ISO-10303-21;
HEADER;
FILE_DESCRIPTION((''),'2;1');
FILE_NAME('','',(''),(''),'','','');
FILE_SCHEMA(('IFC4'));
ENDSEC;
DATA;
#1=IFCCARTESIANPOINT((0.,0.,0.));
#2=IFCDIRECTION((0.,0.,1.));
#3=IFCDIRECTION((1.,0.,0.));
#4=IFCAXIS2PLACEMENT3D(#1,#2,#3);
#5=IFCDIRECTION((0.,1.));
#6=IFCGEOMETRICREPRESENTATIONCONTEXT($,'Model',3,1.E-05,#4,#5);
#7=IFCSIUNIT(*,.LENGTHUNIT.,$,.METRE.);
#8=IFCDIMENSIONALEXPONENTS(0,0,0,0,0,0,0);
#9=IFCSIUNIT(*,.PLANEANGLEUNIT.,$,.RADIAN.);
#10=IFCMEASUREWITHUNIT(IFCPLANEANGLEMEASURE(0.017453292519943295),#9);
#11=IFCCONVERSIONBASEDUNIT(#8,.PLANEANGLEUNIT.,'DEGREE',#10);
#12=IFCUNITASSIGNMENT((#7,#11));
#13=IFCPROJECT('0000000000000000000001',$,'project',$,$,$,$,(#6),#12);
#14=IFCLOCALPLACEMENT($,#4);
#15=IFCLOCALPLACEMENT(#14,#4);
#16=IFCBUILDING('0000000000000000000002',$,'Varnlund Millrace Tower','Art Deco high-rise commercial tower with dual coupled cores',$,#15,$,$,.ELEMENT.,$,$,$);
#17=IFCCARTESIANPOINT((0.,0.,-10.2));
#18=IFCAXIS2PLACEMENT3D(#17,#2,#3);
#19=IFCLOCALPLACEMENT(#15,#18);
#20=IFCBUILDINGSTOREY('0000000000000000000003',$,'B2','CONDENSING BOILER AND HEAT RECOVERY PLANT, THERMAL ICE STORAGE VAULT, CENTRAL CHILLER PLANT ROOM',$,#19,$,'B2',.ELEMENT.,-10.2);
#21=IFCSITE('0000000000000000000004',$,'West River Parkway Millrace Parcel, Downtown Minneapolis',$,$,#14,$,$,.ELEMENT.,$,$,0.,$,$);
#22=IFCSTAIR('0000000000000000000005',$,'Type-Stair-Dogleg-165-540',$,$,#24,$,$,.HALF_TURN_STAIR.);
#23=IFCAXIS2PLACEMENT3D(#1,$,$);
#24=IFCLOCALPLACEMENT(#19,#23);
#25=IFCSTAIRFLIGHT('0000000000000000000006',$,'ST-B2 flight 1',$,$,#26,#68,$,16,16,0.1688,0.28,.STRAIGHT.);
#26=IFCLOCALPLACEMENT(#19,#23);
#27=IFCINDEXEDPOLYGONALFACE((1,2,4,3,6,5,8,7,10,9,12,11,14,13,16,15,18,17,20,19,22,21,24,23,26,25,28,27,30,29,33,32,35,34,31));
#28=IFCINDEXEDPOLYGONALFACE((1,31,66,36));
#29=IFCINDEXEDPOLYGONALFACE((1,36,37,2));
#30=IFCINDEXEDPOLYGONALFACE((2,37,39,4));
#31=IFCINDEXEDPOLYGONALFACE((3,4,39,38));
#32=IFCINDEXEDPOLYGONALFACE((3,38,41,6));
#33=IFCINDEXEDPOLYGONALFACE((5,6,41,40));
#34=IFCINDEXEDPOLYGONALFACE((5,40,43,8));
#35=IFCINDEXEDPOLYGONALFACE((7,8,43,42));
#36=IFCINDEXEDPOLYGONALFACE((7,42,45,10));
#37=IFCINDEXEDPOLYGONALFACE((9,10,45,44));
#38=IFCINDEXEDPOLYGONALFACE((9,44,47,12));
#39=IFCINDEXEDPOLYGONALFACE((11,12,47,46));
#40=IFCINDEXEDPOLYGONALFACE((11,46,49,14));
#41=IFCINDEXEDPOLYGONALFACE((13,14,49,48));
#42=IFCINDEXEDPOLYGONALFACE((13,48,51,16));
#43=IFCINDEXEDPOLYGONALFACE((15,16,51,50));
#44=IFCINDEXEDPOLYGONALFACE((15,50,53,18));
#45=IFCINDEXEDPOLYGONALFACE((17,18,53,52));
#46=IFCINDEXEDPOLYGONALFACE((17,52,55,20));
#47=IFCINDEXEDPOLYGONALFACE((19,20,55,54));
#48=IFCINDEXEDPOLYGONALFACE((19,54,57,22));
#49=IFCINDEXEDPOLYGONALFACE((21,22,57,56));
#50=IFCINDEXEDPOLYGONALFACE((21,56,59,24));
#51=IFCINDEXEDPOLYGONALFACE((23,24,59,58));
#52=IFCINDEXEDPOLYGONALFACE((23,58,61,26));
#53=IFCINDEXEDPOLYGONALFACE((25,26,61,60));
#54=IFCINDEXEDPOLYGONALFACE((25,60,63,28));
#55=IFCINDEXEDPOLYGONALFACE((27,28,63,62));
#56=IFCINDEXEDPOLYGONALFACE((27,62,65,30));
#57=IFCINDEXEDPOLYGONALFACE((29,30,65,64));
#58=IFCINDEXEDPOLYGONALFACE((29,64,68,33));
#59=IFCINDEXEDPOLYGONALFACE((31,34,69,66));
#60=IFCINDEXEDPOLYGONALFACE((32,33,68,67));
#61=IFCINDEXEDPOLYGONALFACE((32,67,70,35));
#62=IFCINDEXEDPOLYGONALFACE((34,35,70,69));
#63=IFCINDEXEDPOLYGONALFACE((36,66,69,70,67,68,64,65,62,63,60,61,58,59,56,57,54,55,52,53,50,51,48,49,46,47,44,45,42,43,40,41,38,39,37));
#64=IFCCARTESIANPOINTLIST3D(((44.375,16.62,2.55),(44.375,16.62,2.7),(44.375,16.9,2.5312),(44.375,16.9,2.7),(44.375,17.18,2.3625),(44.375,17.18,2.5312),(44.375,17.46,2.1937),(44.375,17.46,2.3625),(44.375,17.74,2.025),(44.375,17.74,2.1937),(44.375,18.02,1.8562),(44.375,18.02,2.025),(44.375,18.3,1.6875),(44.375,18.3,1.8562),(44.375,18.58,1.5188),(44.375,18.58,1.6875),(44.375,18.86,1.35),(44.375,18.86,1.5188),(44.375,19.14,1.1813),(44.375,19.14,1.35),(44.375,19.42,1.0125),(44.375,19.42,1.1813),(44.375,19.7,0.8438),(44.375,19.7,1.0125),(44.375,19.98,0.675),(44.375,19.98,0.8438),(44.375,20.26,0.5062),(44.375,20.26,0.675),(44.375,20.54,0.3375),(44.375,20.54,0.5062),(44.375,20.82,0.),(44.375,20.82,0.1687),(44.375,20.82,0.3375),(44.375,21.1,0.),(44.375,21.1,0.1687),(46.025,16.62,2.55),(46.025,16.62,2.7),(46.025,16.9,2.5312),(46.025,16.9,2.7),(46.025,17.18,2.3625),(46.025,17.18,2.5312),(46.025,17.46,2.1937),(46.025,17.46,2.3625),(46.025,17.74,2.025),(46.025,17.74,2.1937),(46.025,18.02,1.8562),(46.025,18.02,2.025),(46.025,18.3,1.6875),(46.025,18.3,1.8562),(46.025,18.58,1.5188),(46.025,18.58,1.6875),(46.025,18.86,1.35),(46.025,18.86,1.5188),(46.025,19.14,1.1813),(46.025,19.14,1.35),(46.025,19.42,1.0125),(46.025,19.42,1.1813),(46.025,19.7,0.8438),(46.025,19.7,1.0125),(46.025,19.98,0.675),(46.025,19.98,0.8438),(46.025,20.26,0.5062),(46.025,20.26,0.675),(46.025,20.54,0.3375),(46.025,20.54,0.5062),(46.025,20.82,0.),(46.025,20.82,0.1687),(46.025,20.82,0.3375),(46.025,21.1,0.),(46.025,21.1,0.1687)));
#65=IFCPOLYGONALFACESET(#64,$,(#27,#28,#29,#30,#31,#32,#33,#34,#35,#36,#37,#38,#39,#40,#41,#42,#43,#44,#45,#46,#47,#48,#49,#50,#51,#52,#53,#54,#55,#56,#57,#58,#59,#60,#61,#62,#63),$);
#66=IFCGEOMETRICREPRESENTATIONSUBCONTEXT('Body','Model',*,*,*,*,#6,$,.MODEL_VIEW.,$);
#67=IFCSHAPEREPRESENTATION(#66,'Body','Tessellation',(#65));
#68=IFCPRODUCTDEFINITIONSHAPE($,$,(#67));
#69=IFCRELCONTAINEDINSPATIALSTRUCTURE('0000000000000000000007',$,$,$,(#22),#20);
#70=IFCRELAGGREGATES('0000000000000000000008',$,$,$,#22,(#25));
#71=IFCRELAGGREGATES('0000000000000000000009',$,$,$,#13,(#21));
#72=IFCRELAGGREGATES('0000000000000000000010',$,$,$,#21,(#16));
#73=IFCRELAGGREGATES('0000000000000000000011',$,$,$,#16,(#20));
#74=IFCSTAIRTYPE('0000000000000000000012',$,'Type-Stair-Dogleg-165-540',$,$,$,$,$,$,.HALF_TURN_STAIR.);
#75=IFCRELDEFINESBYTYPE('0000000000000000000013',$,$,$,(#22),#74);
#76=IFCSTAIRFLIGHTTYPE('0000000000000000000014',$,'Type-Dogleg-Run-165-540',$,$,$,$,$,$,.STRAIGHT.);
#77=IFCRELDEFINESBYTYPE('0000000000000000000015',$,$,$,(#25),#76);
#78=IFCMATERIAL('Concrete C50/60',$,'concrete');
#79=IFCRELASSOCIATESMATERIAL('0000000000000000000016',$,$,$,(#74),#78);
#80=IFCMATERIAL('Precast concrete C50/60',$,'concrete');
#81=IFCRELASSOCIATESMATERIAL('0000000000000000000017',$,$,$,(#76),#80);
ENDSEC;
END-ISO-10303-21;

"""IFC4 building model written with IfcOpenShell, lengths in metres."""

from ifc_helpers import new_model, entity, si_unit, converted_unit, direction, frame, origin_with_axes, place, context, subcontext, project, spatial, polyline, outline, extrude, material, type_object, element, aggregate, save


model = new_model("IFC4")

# Units and contexts
model_context = context("Model", 3, precision=1e-05, world=origin_with_axes(), true_north=direction((0.0, 1.0)))
body_context = subcontext(model_context, "Body", "Model", "MODEL_VIEW")
ifc_project = project(units=[si_unit("LENGTHUNIT", "METRE"), converted_unit("PLANEANGLEUNIT", "DEGREE", entity("IfcPlaneAngleMeasure", 0.017453292519943295), si_unit("PLANEANGLEUNIT", "RADIAN"), dimensions=[0, 0, 0, 0, 0, 0, 0])], contexts=[model_context])

# Site, building, storey
site_placement = place(None, origin_with_axes())
site = spatial("IfcSite", under=ifc_project, at=site_placement, Name="West River Parkway Millrace Parcel, Downtown Minneapolis", CompositionType="ELEMENT", RefElevation=0.0)
building_placement = place(site_placement, origin_with_axes())
building = spatial("IfcBuilding", under=site, at=building_placement, Name="Varnlund Millrace Tower", Description="Art Deco high-rise commercial tower with dual coupled cores", CompositionType="ELEMENT")
storey_placement = place(building_placement, frame((0.0, 0.0, -10.2), z_axis=(0.0, 0.0, 1.0), x_axis=(1.0, 0.0, 0.0)))
storey = spatial("IfcBuildingStorey", under=building, at=storey_placement, Name="B2", Description="CONDENSING BOILER AND HEAT RECOVERY PLANT, THERMAL ICE STORAGE VAULT, CENTRAL CHILLER PLANT ROOM", LongName="B2", CompositionType="ELEMENT", Elevation=-10.2)

# Shared definitions
ifc_material_1 = material(Name="Concrete C50/60", Category="concrete")

# Stair, stair flight
stair_type = type_object("IfcStairType", Name="Type-Stair-Dogleg-165-540", PredefinedType="HALF_TURN_STAIR", material=ifc_material_1)
stair_placement = place(storey_placement, origin_with_axes())
stair = element("IfcStair", 1, at=stair_placement, inside=storey, type_object=stair_type, Name="Type-Stair-Dogleg-165-540", PredefinedType="HALF_TURN_STAIR")
ifc_material_2 = material(Name="Precast concrete C50/60", Category="concrete")
stair_flight_type = type_object("IfcStairFlightType", Name="Type-Dogleg-Run-165-540", PredefinedType="STRAIGHT", material=ifc_material_2)
stair_flight_placement = place(storey_placement, frame((46.025, 21.1, 0.0), z_axis=(-1.0, 0.0, 0.0), x_axis=(0.0, -1.0, 0.0)))
stair_flight = element("IfcStairFlight", 2, at=stair_flight_placement, type_object=stair_flight_type, Name="ST-B2 flight 1", NumberOfRisers=16, NumberOfTreads=16, PredefinedType="STRAIGHT", RiserHeight=0.1688, TreadLength=0.28, context=body_context, shape_type="SweptSolid", body=[
    extrude(outline(polyline([(0.0, 0.0), (0.0, 0.1688), (0.28, 0.1688), (0.28, 0.3375), (0.56, 0.3375), (0.56, 0.5062), (0.84, 0.5062), (0.84, 0.675), (1.12, 0.675), (1.12, 0.8438), (1.4, 0.8438), (1.4, 1.0125), (1.68, 1.0125), (1.68, 1.1812), (1.96, 1.1812), (1.96, 1.35), (2.24, 1.35), (2.24, 1.5188), (2.52, 1.5188), (2.52, 1.6875), (2.8, 1.6875), (2.8, 1.8562), (3.08, 1.8562), (3.08, 2.025), (3.36, 2.025), (3.36, 2.1938), (3.64, 2.1938), (3.64, 2.3625), (3.92, 2.3625), (3.92, 2.5312), (4.2, 2.5312), (4.2, 2.7), (4.48, 2.7), (4.48, 2.55), (0.28, 0.0), (0.0, 0.0)])), origin_with_axes(), (0.0, 0.0, 1.0), 1.65),
])
aggregate(stair, [stair_flight])

save(model, "model.ifc")
